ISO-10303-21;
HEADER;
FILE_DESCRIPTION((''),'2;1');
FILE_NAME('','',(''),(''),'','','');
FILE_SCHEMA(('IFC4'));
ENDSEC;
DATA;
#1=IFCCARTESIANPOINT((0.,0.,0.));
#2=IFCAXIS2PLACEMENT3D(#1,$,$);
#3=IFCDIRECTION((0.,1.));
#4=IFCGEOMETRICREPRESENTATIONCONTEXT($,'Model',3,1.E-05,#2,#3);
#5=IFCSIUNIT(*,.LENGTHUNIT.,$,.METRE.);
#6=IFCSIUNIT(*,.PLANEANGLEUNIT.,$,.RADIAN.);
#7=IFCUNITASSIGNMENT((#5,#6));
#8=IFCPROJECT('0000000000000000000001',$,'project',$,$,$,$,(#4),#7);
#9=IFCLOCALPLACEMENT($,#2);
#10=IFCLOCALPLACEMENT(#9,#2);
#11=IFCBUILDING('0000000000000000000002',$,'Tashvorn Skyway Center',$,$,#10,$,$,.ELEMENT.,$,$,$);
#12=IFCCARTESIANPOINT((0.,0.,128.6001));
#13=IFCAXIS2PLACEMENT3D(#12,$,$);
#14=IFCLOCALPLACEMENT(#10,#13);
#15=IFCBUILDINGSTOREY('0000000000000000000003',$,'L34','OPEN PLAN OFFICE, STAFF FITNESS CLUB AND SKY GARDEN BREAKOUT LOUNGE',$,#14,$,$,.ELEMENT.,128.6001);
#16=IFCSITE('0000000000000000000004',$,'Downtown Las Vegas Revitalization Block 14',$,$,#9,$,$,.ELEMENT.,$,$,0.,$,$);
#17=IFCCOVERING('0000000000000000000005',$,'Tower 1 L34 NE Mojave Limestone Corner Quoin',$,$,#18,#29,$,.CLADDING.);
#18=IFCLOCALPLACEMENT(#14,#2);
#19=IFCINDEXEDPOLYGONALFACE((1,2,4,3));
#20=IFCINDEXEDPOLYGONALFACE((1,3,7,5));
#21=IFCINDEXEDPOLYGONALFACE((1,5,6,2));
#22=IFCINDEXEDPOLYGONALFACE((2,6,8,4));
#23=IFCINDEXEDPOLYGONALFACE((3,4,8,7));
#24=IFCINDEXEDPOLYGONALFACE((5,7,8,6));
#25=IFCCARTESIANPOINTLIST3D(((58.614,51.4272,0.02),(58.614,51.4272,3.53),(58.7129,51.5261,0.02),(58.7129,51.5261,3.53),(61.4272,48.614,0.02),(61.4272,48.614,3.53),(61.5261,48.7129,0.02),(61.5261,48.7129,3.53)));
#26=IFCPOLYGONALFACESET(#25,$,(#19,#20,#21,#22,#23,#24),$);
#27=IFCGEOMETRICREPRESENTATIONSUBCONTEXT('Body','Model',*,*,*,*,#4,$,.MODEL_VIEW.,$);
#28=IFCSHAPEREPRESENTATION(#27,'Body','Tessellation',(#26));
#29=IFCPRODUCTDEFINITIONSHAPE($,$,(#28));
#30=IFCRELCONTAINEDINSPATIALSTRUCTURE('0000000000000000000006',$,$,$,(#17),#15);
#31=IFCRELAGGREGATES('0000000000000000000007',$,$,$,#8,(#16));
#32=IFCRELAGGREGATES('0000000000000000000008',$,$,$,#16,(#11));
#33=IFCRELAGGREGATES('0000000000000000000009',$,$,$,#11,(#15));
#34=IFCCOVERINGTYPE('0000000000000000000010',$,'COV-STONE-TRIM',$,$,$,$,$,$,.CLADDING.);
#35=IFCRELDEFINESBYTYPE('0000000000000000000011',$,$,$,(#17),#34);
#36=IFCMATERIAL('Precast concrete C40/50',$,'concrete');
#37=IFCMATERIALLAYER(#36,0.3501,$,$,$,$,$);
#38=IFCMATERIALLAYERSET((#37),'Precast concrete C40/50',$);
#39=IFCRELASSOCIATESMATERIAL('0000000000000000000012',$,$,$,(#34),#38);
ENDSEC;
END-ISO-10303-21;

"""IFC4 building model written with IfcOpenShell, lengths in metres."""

from ifc_helpers import new_model, si_unit, direction, frame, origin, origin_2d, place, context, subcontext, project, spatial, rectangle, extrude, material, layer, layer_set, type_object, element, save


model = new_model("IFC4")

# Units and contexts
model_context = context("Model", 3, precision=1e-05, world=origin(), true_north=direction((0.0, 1.0)))
body_context = subcontext(model_context, "Body", "Model", "MODEL_VIEW")
ifc_project = project(units=[si_unit("LENGTHUNIT", "METRE"), si_unit("PLANEANGLEUNIT", "RADIAN")], contexts=[model_context])

# Site, building, storey
site_placement = place(None, origin())
site = spatial("IfcSite", under=ifc_project, at=site_placement, Name="Downtown Las Vegas Revitalization Block 14", CompositionType="ELEMENT", RefElevation=0.0)
building_placement = place(site_placement, origin())
building = spatial("IfcBuilding", under=site, at=building_placement, Name="Tashvorn Skyway Center", CompositionType="ELEMENT")
storey_placement = place(building_placement, frame((0.0, 0.0, 128.6001)))
storey = spatial("IfcBuildingStorey", under=building, at=storey_placement, Name="L34", Description="OPEN PLAN OFFICE, STAFF FITNESS CLUB AND SKY GARDEN BREAKOUT LOUNGE", CompositionType="ELEMENT", Elevation=128.6001)

# Shared definitions
ifc_material_1 = material(Name="Precast concrete C40/50", Category="concrete")

# Covering
ifc_layer_1 = layer(ifc_material_1, 0.3501)
ifc_layer_set_1 = layer_set([ifc_layer_1], Name="Precast concrete C40/50")
covering_type = type_object("IfcCoveringType", Name="COV-STONE-TRIM", PredefinedType="CLADDING", material=ifc_layer_set_1)
covering_placement = place(storey_placement, frame((60.0701, 50.0701, 0.02), z_axis=(0.0, 0.0, 1.0), x_axis=(0.707107, -0.707107, 0.0)))
element("IfcCovering", 1, at=covering_placement, inside=storey, type_object=covering_type, Name="Tower 1 L34 NE Mojave Limestone Corner Quoin", PredefinedType="CLADDING", context=body_context, shape_type="SweptSolid", body=[
    extrude(rectangle(XDim=3.9785, YDim=0.1399, at=origin_2d()), origin(), (0.0, 0.0, 1.0), 3.51),
])

save(model, "model.ifc")
